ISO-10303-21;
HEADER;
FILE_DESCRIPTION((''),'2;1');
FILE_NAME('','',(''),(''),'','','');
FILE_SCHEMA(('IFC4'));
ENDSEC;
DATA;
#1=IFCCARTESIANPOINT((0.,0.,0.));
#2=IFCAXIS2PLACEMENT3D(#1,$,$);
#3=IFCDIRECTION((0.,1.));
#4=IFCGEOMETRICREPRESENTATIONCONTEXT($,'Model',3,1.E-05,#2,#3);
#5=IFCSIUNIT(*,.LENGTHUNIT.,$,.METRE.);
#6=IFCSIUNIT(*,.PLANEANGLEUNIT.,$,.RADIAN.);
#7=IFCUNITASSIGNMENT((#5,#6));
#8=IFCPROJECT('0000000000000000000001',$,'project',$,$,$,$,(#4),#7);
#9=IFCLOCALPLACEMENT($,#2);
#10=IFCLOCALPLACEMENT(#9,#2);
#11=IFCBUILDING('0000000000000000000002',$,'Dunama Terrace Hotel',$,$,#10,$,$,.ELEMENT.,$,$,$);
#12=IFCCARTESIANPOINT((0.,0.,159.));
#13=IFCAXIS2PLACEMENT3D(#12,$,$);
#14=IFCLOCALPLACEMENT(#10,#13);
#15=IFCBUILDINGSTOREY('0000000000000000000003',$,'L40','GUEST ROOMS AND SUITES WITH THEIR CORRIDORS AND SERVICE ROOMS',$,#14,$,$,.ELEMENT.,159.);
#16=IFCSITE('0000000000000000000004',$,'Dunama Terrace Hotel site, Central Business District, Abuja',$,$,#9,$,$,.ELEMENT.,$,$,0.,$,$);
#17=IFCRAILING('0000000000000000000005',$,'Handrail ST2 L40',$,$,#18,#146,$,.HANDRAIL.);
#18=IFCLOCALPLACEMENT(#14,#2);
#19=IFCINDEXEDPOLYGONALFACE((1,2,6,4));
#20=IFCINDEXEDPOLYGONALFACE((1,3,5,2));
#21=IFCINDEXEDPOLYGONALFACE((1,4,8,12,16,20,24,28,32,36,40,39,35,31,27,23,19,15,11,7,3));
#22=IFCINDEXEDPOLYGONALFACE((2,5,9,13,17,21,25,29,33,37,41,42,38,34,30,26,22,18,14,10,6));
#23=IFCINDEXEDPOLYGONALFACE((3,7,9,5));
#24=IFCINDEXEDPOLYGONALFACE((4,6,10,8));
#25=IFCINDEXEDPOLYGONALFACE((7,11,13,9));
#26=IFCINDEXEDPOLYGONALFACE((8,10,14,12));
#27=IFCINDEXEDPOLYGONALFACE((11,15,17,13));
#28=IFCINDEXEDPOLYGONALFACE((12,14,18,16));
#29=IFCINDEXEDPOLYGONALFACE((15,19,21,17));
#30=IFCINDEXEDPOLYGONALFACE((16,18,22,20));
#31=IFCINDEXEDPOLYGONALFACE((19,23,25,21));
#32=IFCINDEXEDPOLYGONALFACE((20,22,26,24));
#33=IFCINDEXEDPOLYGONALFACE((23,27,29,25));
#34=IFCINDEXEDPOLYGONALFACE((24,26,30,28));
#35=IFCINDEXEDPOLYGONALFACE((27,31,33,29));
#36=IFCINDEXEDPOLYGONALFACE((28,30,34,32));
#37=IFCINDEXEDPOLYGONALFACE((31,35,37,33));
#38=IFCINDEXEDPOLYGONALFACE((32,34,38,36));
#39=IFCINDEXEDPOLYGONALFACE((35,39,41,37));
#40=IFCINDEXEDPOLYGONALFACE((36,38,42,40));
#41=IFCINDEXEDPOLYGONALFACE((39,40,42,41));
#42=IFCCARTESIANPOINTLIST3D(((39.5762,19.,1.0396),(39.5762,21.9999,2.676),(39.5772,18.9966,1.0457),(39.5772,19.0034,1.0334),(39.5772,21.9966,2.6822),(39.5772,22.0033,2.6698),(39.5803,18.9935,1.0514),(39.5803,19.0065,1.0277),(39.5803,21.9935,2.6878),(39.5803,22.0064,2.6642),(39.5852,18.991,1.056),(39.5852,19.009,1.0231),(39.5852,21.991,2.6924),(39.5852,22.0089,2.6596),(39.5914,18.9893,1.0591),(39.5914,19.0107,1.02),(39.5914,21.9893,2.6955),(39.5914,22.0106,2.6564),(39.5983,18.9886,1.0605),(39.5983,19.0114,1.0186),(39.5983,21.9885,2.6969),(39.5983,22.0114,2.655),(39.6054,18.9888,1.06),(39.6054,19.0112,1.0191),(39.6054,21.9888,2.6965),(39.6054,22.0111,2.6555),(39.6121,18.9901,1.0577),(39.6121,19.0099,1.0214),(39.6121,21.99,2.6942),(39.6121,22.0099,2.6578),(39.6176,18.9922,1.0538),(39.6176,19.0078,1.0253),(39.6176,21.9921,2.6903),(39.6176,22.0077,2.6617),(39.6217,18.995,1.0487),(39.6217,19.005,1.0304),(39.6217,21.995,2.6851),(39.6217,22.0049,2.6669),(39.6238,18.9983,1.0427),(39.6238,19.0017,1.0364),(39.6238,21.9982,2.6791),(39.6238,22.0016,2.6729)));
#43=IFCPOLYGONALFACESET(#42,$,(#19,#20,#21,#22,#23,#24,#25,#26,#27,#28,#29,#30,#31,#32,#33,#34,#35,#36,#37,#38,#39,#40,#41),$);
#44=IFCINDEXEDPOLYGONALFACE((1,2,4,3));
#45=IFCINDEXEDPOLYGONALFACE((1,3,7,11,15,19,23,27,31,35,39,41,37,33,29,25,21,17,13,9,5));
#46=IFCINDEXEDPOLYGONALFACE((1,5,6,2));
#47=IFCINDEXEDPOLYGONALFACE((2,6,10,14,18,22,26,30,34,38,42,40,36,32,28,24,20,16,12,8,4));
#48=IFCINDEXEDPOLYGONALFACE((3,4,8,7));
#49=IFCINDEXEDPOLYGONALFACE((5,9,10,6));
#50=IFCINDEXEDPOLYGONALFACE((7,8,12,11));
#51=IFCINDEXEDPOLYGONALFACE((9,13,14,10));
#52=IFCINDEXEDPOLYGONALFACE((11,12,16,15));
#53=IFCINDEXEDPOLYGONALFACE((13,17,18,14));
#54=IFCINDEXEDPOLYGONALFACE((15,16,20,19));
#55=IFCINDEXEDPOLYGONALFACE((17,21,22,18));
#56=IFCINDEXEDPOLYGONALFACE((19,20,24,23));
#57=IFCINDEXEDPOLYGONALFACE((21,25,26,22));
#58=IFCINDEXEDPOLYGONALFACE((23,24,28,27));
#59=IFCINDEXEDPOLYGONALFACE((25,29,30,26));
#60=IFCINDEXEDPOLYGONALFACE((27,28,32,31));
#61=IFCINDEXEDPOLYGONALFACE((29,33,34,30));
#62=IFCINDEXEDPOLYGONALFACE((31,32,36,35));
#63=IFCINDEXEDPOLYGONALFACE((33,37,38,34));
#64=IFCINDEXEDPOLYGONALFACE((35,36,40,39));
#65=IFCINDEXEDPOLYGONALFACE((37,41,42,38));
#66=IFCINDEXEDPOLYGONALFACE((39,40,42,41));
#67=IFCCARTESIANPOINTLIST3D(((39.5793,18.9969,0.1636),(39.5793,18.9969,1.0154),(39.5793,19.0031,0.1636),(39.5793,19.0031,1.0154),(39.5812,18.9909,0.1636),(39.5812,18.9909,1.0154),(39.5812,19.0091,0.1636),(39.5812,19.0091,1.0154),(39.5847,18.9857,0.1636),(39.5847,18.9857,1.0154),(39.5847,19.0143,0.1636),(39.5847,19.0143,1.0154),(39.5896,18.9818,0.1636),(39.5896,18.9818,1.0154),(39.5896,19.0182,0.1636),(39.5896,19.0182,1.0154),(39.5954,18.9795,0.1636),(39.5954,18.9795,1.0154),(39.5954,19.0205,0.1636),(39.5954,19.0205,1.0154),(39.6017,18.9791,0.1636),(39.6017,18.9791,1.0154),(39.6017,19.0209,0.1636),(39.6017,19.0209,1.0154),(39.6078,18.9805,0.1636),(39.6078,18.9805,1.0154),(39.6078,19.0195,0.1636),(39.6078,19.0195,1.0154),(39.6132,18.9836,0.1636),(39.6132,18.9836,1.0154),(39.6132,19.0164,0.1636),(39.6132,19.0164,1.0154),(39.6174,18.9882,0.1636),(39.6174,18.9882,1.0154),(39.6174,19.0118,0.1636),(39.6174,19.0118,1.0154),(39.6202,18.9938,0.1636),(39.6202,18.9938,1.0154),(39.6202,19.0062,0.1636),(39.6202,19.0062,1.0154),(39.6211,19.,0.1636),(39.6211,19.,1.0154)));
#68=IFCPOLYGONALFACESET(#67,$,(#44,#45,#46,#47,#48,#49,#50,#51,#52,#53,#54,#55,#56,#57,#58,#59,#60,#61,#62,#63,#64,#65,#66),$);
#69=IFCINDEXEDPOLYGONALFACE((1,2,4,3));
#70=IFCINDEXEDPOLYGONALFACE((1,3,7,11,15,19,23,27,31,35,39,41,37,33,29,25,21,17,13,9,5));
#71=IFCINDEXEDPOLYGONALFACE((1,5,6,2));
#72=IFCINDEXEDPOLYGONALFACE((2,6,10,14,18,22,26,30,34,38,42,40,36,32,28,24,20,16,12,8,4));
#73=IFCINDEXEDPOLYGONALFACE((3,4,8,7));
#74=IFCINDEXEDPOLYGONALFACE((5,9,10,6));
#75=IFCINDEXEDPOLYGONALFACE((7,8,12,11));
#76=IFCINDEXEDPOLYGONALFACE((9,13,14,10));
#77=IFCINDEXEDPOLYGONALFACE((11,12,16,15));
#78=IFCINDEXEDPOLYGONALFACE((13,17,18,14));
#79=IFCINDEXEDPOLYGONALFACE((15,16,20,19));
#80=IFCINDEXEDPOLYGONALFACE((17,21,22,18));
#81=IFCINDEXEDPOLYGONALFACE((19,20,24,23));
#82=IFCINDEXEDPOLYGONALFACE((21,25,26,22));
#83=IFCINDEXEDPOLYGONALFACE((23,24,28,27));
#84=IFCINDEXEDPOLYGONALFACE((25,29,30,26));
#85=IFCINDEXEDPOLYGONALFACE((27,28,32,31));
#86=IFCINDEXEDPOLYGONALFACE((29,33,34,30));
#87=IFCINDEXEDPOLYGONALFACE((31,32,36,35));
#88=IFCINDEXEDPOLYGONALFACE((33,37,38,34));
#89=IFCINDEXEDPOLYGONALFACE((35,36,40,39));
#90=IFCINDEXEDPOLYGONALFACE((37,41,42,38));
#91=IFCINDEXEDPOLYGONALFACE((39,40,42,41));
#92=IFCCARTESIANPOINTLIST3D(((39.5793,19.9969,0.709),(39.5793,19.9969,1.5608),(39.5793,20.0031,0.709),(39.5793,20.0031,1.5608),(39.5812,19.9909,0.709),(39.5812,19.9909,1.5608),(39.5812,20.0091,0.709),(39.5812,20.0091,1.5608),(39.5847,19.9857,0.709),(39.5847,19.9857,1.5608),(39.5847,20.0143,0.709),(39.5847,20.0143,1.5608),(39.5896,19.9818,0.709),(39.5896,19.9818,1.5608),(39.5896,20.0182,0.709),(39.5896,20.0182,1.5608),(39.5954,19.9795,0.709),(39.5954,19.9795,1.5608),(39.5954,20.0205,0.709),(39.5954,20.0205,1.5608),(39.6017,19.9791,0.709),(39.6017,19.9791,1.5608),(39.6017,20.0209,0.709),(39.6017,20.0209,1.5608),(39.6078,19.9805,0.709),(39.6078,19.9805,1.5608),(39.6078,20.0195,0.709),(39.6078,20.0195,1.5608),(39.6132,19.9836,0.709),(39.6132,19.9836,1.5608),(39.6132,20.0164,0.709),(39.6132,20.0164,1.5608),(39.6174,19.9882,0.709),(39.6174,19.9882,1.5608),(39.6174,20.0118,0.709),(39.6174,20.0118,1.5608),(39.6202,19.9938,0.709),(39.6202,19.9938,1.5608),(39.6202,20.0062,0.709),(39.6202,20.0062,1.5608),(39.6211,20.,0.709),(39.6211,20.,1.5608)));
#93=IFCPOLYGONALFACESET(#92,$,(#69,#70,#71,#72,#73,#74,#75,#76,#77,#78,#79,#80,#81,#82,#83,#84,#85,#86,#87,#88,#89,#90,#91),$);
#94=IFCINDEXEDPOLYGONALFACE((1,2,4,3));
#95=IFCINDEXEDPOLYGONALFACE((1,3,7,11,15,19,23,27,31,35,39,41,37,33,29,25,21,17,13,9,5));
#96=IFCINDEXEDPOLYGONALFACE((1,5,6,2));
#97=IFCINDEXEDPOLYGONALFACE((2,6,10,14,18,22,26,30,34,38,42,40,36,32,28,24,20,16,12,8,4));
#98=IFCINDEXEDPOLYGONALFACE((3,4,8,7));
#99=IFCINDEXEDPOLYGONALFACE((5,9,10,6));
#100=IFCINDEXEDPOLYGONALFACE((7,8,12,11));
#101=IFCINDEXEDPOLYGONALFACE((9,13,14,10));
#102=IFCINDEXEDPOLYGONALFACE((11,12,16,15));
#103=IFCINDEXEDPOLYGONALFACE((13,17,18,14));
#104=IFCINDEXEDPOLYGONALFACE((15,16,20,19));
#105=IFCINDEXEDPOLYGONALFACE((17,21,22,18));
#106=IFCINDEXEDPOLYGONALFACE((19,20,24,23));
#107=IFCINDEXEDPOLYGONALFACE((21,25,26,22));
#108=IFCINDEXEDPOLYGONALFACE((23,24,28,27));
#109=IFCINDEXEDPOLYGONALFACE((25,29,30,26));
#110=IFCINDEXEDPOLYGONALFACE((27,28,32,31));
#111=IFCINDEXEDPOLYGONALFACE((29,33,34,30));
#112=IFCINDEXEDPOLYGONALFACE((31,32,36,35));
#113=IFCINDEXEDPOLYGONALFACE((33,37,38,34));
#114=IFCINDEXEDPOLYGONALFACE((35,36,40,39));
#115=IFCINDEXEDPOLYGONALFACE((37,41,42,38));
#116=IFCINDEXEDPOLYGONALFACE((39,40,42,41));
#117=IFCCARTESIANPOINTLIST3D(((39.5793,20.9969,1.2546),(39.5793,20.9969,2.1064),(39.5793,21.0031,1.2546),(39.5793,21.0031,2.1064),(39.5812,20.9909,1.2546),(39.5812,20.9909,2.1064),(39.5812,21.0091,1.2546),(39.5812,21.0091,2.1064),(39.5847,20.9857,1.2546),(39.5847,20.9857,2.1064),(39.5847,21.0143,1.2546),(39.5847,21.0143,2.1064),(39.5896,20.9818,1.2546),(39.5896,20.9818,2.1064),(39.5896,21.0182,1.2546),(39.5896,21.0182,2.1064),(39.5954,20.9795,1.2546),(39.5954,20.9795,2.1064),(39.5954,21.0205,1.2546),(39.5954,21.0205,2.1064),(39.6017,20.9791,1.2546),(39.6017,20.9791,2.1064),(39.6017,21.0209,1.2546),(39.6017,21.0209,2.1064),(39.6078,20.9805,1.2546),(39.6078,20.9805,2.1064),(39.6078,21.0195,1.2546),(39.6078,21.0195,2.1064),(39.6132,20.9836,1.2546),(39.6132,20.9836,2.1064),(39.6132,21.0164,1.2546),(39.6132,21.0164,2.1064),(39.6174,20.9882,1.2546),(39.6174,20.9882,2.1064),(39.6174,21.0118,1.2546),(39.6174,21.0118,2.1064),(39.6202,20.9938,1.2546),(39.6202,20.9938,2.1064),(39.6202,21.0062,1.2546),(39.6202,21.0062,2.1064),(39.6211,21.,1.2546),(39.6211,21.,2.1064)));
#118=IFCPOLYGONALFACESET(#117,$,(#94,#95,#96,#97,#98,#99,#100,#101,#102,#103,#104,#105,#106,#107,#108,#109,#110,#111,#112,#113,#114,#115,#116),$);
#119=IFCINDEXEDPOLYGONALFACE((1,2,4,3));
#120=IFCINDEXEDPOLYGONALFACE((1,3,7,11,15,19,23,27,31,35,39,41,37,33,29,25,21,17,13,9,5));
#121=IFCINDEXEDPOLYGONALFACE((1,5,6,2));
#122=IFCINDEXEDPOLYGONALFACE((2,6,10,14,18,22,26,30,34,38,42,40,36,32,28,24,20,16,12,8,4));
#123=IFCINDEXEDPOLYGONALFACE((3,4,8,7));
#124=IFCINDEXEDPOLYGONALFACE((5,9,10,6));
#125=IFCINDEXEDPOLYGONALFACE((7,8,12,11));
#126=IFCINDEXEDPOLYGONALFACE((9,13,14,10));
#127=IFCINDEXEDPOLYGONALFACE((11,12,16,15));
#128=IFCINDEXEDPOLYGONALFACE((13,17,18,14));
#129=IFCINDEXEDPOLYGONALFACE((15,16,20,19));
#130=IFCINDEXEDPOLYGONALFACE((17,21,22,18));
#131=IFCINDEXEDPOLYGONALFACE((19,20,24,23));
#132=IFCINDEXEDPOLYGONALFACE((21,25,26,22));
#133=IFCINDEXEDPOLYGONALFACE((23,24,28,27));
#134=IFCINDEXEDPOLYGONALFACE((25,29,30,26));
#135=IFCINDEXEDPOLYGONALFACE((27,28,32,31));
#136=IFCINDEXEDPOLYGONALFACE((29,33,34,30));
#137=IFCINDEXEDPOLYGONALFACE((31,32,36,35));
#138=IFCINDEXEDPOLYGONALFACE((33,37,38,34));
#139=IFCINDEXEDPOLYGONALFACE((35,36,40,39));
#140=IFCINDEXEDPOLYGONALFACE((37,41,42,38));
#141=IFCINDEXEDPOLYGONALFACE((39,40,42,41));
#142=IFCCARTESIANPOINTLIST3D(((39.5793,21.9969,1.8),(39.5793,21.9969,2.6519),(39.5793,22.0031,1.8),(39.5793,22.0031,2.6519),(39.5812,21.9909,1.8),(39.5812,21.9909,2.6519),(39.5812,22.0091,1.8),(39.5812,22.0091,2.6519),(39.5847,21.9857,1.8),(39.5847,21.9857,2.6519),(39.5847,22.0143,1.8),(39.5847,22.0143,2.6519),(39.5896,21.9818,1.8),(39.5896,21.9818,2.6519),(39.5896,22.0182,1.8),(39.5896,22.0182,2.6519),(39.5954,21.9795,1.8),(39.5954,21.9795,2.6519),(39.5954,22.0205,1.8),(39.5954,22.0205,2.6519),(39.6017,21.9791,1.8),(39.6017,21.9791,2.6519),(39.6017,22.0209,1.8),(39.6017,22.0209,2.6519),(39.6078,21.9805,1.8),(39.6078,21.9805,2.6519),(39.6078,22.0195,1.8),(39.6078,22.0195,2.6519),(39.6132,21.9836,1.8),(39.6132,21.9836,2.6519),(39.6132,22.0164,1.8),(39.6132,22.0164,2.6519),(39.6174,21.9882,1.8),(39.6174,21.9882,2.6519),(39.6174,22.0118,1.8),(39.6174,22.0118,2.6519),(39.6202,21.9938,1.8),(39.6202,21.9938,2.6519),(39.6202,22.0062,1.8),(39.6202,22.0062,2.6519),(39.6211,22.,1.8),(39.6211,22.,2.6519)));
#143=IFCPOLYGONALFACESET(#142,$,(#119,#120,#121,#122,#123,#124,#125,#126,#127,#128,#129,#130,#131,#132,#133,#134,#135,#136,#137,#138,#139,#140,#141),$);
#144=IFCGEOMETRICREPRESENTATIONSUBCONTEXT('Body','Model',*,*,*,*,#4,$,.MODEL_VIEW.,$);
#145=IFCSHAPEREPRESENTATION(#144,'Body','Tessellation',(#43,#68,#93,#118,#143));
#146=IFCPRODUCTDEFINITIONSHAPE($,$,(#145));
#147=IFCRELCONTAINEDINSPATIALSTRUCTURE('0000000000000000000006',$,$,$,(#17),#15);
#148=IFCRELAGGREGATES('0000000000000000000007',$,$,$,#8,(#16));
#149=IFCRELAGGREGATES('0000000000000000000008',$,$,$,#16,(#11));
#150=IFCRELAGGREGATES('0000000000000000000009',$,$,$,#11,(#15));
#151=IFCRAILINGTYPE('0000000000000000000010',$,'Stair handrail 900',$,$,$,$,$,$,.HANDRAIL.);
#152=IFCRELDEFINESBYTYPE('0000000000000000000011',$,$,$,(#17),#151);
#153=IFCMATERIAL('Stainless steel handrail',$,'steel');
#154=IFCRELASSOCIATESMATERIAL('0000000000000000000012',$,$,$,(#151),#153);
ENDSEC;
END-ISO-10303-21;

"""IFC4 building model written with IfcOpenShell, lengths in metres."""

from ifc_helpers import new_model, si_unit, direction, frame, origin, origin_2d, place, context, subcontext, project, spatial, circle, extrude, material, type_object, element, save


model = new_model("IFC4")

# Units and contexts
model_context = context("Model", 3, precision=1e-05, world=origin(), true_north=direction((0.0, 1.0)))
body_context = subcontext(model_context, "Body", "Model", "MODEL_VIEW")
ifc_project = project(units=[si_unit("LENGTHUNIT", "METRE"), si_unit("PLANEANGLEUNIT", "RADIAN")], contexts=[model_context])

# Site, building, storey
site_placement = place(None, origin())
site = spatial("IfcSite", under=ifc_project, at=site_placement, Name="Dunama Terrace Hotel site, Central Business District, Abuja", CompositionType="ELEMENT", RefElevation=0.0)
building_placement = place(site_placement, origin())
building = spatial("IfcBuilding", under=site, at=building_placement, Name="Dunama Terrace Hotel", CompositionType="ELEMENT")
storey_placement = place(building_placement, frame((0.0, 0.0, 159.0)))
storey = spatial("IfcBuildingStorey", under=building, at=storey_placement, Name="L40", Description="GUEST ROOMS AND SUITES WITH THEIR CORRIDORS AND SERVICE ROOMS", CompositionType="ELEMENT", Elevation=159.0)

# Railing
ifc_material_1 = material(Name="Stainless steel handrail", Category="steel")
railing_type = type_object("IfcRailingType", Name="Stair handrail 900", PredefinedType="HANDRAIL", material=ifc_material_1)
railing_1_placement = place(storey_placement, frame((39.6001, 19.0, 0.1636)))
element("IfcRailing", 1, at=railing_1_placement, inside=storey, type_object=railing_type, Name="Handrail ST2 L40", PredefinedType="HANDRAIL", context=body_context, shape_type="SweptSolid", body=[
    extrude(circle(Radius=0.0239, at=origin_2d()), frame((0.0, 0.0, 0.876), z_axis=(0.0, 0.877882, 0.478877), x_axis=(-1.0, 0.0, 0.0)), (0.0, 0.0, 1.0), 3.4172),
    extrude(circle(Radius=0.021, at=origin_2d()), origin(), (0.0, 0.0, 1.0), 0.8518),
    extrude(circle(Radius=0.021, at=origin_2d()), frame((0.0, 1.0, 0.5454)), (0.0, 0.0, 1.0), 0.8518),
    extrude(circle(Radius=0.021, at=origin_2d()), frame((0.0, 2.0, 1.0911)), (0.0, 0.0, 1.0), 0.8518),
    extrude(circle(Radius=0.021, at=origin_2d()), frame((0.0, 3.0, 1.6365)), (0.0, 0.0, 1.0), 0.8518),
])

save(model, "model.ifc")
